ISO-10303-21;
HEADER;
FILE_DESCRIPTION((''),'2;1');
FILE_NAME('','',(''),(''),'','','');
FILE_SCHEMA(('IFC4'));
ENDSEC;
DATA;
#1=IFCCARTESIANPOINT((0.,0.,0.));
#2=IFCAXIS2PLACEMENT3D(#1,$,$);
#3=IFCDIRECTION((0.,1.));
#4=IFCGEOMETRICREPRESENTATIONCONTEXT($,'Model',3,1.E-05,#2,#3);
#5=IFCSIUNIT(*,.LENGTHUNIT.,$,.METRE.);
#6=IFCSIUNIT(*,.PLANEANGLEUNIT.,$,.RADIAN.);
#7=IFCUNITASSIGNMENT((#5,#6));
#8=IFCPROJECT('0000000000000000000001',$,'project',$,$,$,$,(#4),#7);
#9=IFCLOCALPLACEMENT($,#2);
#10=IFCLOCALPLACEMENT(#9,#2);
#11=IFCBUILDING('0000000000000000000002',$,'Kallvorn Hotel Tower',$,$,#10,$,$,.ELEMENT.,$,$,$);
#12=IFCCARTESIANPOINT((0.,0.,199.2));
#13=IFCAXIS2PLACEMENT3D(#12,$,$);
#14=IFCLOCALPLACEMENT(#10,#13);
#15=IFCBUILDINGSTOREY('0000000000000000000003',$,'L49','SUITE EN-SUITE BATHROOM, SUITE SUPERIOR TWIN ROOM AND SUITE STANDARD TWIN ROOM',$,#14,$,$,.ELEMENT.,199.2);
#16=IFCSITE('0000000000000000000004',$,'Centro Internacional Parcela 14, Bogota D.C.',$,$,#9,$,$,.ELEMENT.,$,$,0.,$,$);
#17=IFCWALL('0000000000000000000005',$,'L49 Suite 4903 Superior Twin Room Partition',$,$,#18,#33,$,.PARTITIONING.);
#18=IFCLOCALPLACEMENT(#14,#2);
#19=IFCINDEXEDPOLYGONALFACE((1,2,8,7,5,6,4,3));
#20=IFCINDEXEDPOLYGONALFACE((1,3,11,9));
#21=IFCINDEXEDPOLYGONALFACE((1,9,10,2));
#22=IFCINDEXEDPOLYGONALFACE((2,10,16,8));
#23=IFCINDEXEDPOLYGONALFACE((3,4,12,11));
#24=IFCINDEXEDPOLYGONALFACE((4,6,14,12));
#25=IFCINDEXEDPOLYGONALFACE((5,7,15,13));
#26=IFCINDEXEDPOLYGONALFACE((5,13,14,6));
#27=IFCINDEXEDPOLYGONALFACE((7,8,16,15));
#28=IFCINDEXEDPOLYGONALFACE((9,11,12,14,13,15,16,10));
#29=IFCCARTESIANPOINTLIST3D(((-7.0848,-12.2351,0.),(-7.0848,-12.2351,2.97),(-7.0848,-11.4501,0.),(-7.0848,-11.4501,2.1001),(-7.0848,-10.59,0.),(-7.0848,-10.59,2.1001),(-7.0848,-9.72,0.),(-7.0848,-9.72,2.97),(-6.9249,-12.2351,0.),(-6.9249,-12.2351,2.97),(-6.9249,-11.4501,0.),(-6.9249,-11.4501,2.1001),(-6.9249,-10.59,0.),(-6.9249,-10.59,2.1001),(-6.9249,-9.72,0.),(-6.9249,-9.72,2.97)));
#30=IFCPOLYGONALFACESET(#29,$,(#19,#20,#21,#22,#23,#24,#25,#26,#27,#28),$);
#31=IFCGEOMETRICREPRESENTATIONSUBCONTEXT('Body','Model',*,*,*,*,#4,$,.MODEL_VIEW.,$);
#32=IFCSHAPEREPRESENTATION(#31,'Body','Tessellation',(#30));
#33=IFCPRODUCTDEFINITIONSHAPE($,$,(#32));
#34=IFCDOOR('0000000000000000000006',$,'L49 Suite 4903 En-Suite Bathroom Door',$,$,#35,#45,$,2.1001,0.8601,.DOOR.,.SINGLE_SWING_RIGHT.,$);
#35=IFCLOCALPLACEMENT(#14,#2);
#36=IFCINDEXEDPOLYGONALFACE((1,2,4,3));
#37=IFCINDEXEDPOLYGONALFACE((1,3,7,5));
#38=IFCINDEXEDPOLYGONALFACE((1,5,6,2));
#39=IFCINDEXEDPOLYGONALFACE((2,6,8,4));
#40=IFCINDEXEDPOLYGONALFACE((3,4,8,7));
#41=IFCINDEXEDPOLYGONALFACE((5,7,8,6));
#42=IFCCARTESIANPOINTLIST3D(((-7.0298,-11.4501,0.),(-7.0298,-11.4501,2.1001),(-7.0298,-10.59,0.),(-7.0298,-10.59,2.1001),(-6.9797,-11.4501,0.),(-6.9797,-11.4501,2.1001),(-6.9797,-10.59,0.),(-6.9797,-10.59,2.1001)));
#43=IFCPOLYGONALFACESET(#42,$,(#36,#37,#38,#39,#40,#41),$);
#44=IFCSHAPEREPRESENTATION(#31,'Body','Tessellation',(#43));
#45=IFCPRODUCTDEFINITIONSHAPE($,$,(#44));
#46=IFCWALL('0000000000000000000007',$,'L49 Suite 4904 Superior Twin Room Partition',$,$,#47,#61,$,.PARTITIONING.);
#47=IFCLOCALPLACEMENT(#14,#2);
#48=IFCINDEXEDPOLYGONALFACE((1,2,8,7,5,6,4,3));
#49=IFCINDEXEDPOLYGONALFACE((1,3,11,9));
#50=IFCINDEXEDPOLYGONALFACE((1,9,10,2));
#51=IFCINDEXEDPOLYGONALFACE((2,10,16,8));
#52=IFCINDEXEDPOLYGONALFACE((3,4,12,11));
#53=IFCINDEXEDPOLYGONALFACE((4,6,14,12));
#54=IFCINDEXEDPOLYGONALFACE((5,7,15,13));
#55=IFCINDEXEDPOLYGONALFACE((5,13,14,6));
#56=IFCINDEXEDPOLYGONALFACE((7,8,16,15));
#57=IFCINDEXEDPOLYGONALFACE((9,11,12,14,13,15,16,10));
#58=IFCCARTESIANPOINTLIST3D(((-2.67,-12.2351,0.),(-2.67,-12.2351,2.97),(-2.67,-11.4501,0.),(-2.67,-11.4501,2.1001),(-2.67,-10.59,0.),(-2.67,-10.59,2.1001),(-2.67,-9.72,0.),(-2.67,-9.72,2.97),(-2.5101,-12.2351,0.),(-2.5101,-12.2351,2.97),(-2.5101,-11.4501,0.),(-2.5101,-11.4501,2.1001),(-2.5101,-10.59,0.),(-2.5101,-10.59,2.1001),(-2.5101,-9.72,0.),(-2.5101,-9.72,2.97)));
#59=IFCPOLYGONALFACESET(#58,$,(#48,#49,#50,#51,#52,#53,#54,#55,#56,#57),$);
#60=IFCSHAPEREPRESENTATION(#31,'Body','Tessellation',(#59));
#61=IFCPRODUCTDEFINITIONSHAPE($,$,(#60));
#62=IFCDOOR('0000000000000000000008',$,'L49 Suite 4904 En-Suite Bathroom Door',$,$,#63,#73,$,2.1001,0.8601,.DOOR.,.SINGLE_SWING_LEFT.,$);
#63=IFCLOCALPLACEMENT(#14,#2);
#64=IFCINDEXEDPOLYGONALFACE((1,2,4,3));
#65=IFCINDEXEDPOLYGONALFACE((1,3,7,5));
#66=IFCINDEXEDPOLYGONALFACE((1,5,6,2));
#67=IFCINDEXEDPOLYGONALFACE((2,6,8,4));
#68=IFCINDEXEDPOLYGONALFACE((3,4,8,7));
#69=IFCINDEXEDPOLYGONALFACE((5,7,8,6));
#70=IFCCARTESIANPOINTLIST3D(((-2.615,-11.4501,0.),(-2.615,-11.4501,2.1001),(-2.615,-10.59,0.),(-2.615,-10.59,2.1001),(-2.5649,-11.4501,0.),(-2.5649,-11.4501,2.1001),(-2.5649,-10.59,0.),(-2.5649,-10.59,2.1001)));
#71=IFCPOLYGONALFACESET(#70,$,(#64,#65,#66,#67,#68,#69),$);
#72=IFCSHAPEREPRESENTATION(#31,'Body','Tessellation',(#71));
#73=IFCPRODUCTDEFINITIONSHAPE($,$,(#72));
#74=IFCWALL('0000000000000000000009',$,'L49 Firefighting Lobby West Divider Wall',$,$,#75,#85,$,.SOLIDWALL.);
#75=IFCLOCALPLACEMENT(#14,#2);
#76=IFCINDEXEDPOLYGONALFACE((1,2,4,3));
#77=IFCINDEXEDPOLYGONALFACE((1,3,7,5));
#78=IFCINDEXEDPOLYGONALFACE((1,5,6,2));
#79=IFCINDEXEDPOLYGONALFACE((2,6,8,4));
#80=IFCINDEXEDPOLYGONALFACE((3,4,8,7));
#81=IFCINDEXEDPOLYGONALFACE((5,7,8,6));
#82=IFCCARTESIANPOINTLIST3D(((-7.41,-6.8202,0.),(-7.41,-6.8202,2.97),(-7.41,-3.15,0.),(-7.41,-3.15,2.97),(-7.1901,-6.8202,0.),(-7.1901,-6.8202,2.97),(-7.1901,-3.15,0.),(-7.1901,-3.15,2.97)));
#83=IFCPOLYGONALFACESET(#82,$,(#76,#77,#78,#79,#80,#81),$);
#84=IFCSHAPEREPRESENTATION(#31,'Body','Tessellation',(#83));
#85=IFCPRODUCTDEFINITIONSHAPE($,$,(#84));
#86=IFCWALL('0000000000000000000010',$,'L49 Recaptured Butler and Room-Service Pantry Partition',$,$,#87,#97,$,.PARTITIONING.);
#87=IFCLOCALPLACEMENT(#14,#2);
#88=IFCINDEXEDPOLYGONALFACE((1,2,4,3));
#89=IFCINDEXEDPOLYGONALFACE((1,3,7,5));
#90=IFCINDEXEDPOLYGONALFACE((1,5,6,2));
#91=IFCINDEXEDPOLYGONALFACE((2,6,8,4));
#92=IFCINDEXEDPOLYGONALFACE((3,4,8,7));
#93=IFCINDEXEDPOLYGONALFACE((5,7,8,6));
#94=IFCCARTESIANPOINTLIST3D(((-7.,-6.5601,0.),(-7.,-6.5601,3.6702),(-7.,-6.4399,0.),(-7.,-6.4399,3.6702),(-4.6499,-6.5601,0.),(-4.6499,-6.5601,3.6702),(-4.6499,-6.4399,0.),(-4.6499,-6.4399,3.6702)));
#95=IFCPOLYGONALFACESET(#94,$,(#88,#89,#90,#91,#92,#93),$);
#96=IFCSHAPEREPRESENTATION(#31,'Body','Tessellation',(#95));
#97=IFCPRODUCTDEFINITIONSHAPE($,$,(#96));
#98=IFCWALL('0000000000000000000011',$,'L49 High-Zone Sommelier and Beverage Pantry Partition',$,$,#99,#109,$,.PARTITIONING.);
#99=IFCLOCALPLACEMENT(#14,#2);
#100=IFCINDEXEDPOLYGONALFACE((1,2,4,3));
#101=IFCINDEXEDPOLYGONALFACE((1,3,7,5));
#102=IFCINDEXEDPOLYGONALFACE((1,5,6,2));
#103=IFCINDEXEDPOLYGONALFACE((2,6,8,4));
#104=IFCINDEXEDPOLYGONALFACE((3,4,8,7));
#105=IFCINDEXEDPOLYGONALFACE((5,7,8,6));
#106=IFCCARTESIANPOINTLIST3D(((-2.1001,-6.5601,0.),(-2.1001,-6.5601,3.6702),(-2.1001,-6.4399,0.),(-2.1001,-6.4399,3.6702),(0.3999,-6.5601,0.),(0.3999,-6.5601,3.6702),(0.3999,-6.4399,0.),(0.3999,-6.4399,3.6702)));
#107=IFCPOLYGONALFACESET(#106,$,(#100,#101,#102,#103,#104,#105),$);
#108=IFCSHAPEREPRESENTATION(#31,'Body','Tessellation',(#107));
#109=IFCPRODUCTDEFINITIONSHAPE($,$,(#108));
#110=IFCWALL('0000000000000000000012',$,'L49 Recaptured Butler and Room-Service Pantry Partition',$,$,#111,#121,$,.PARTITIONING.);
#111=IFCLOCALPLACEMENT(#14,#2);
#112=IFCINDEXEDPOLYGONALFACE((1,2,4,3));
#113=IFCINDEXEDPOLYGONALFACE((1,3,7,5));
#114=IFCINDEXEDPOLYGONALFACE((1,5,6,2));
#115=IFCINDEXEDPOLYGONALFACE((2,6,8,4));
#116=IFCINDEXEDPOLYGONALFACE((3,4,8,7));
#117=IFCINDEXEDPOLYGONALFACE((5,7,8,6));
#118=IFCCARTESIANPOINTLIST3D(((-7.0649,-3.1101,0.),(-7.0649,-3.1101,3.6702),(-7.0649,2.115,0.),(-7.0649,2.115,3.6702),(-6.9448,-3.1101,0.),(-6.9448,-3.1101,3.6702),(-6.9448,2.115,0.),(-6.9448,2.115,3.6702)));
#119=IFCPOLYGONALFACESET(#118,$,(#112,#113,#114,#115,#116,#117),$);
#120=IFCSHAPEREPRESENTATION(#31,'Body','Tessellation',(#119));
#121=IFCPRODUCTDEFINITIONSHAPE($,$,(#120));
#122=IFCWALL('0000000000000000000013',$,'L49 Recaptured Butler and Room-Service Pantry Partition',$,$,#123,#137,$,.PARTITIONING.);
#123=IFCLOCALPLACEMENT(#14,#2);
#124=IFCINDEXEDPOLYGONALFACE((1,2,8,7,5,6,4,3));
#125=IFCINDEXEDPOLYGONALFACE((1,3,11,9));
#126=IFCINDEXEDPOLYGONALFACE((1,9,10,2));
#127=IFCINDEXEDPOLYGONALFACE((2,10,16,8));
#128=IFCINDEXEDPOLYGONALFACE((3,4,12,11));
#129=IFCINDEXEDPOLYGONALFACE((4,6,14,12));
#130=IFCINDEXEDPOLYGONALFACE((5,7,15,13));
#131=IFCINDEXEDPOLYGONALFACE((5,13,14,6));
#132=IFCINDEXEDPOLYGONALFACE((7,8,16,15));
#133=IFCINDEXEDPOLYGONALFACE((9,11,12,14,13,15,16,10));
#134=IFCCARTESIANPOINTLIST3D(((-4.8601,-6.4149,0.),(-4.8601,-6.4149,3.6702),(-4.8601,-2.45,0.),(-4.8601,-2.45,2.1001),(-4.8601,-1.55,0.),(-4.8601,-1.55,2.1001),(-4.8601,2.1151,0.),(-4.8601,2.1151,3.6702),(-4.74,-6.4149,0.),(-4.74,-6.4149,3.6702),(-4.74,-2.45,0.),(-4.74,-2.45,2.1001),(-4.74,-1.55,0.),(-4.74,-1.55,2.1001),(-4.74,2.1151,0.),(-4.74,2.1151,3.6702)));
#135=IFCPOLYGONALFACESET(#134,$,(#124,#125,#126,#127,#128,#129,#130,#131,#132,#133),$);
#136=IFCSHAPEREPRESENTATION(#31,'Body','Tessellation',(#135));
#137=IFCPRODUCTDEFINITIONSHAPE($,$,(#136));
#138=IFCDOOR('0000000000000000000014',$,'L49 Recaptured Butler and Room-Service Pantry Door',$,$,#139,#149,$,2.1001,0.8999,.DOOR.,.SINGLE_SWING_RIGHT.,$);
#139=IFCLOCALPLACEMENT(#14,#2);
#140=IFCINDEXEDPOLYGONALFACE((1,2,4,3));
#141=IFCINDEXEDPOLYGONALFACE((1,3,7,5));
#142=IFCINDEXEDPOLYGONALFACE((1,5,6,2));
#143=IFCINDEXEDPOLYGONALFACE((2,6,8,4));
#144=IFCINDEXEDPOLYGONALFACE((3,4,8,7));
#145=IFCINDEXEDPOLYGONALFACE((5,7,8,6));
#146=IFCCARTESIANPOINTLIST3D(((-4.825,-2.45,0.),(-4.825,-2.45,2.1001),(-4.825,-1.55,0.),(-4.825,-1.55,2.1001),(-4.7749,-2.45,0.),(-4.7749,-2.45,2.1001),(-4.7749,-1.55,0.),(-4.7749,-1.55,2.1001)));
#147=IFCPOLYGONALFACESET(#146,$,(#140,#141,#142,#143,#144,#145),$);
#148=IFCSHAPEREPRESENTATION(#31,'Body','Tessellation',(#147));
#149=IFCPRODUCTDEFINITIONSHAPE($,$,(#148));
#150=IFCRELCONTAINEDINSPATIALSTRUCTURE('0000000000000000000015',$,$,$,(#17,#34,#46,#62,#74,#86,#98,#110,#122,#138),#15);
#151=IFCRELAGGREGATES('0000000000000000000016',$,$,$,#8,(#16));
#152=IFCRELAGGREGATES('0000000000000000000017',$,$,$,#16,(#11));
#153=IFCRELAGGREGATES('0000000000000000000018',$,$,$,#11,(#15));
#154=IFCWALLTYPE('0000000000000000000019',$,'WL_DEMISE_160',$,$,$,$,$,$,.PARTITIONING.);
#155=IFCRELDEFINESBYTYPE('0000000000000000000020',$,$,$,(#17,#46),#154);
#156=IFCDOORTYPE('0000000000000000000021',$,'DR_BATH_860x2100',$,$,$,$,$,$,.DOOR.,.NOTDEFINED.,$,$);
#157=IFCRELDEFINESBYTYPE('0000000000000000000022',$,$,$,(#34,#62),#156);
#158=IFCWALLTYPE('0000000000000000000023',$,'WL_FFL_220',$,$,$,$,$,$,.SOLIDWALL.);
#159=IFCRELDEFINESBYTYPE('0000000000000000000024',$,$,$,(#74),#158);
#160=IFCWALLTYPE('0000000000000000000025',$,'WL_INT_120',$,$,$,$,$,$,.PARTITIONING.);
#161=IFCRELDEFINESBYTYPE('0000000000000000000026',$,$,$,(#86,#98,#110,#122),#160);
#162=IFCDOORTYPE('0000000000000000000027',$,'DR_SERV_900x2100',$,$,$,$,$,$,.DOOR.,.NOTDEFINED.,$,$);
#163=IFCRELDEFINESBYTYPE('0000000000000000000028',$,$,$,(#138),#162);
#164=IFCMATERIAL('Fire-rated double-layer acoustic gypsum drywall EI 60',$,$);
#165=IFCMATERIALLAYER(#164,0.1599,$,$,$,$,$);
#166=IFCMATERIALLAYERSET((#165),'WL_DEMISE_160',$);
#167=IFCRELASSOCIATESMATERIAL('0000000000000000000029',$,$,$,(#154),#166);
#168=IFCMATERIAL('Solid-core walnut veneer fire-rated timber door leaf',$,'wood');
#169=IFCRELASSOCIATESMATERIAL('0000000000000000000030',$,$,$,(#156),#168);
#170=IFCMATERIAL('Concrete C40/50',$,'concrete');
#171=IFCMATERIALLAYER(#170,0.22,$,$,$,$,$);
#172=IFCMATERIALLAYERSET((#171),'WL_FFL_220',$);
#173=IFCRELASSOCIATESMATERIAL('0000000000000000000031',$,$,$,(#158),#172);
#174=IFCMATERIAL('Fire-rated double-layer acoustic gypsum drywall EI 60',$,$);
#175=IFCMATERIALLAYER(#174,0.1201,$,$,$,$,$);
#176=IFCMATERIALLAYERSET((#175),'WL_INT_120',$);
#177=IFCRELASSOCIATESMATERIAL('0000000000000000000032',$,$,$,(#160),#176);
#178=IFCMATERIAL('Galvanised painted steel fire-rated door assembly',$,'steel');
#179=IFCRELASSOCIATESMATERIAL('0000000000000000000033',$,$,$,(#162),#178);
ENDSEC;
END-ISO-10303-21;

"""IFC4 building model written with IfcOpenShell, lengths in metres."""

from ifc_helpers import new_model, si_unit, direction, frame, frame_2d, origin, place, context, subcontext, project, spatial, rectangle, extrude, material, layer, layer_set, type_object, element, fill, save


model = new_model("IFC4")

# Units and contexts
model_context = context("Model", 3, precision=1e-05, world=origin(), true_north=direction((0.0, 1.0)))
body_context = subcontext(model_context, "Body", "Model", "MODEL_VIEW")
ifc_project = project(units=[si_unit("LENGTHUNIT", "METRE"), si_unit("PLANEANGLEUNIT", "RADIAN")], contexts=[model_context])

# Site, building, storey
site_placement = place(None, origin())
site = spatial("IfcSite", under=ifc_project, at=site_placement, Name="Centro Internacional Parcela 14, Bogota D.C.", CompositionType="ELEMENT", RefElevation=0.0)
building_placement = place(site_placement, origin())
building = spatial("IfcBuilding", under=site, at=building_placement, Name="Kallvorn Hotel Tower", CompositionType="ELEMENT")
storey_placement = place(building_placement, frame((0.0, 0.0, 199.2)))
storey = spatial("IfcBuildingStorey", under=building, at=storey_placement, Name="L49", Description="SUITE EN-SUITE BATHROOM, SUITE SUPERIOR TWIN ROOM AND SUITE STANDARD TWIN ROOM", CompositionType="ELEMENT", Elevation=199.2)

# Shared definitions
ifc_material_1 = material(Name="Fire-rated double-layer acoustic gypsum drywall EI 60")
ifc_layer_1 = layer(ifc_material_1, 0.1599)
ifc_layer_set_1 = layer_set([ifc_layer_1], Name="WL_DEMISE_160")
wall_type_1 = type_object("IfcWallType", Name="WL_DEMISE_160", PredefinedType="PARTITIONING", material=ifc_layer_set_1)

# Walls, openings, doors
wall_1_placement = place(storey_placement, frame((-7.0049, -12.2351, 0.0), z_axis=(0.0, 0.0, 1.0), x_axis=(0.0, 1.0, 0.0)))
wall_1 = element("IfcWall", 1, at=wall_1_placement, inside=storey, type_object=wall_type_1, Name="L49 Suite 4903 Superior Twin Room Partition", PredefinedType="PARTITIONING", context=body_context, shape_type="SweptSolid", body=[
    extrude(rectangle(XDim=2.5151, YDim=0.1599, at=frame_2d((1.2576, 0.0))), origin(), (0.0, 0.0, 1.0), 2.97),
])
opening_1_placement = place(wall_1_placement, frame((0.7849, 0.0, 0.0)))
opening_1 = element("IfcOpeningElement", 2, at=opening_1_placement, cuts=wall_1, PredefinedType="OPENING", context=body_context, shape_type="SweptSolid", body=[
    extrude(rectangle(XDim=0.8601, YDim=2.1001, at=frame_2d((0.4302, 1.05))), frame((0.0, 0.095, 0.0), z_axis=(0.0, -1.0, 0.0), x_axis=(1.0, 0.0, 0.0)), (0.0, 0.0, 1.0), 0.1899),
])
ifc_material_2 = material(Name="Solid-core walnut veneer fire-rated timber door leaf", Category="wood")
door_type_1 = type_object("IfcDoorType", Name="DR_BATH_860x2100", OperationType="NOTDEFINED", PredefinedType="DOOR", material=ifc_material_2)
door_1_placement = place(opening_1_placement, origin())
door_1 = element("IfcDoor", 3, at=door_1_placement, inside=storey, type_object=door_type_1, Name="L49 Suite 4903 En-Suite Bathroom Door", OperationType="SINGLE_SWING_RIGHT", OverallHeight=2.1001, OverallWidth=0.8601, PredefinedType="DOOR", context=body_context, shape_type="SweptSolid", body=[
    extrude(rectangle(XDim=0.8601, YDim=2.1001, at=frame_2d((0.4302, 1.05))), frame((0.0, 0.0249, 0.0), z_axis=(0.0, -1.0, 0.0), x_axis=(1.0, 0.0, 0.0)), (0.0, 0.0, 1.0), 0.05),
])
fill(opening_1, door_1)
wall_2_placement = place(storey_placement, frame((-2.5901, -12.2351, 0.0), z_axis=(0.0, 0.0, 1.0), x_axis=(0.0, 1.0, 0.0)))
wall_2 = element("IfcWall", 4, at=wall_2_placement, inside=storey, type_object=wall_type_1, Name="L49 Suite 4904 Superior Twin Room Partition", PredefinedType="PARTITIONING", context=body_context, shape_type="SweptSolid", body=[
    extrude(rectangle(XDim=2.5151, YDim=0.1599, at=frame_2d((1.2576, 0.0))), origin(), (0.0, 0.0, 1.0), 2.97),
])
opening_2_placement = place(wall_2_placement, frame((0.7849, 0.0, 0.0)))
opening_2 = element("IfcOpeningElement", 5, at=opening_2_placement, cuts=wall_2, PredefinedType="OPENING", context=body_context, shape_type="SweptSolid", body=[
    extrude(rectangle(XDim=0.8601, YDim=2.1001, at=frame_2d((0.4302, 1.05))), frame((0.0, 0.095, 0.0), z_axis=(0.0, -1.0, 0.0), x_axis=(1.0, 0.0, 0.0)), (0.0, 0.0, 1.0), 0.1899),
])
door_2_placement = place(opening_2_placement, origin())
door_2 = element("IfcDoor", 6, at=door_2_placement, inside=storey, type_object=door_type_1, Name="L49 Suite 4904 En-Suite Bathroom Door", OperationType="SINGLE_SWING_LEFT", OverallHeight=2.1001, OverallWidth=0.8601, PredefinedType="DOOR", context=body_context, shape_type="SweptSolid", body=[
    extrude(rectangle(XDim=0.8601, YDim=2.1001, at=frame_2d((0.4302, 1.05))), frame((0.0, 0.0249, 0.0), z_axis=(0.0, -1.0, 0.0), x_axis=(1.0, 0.0, 0.0)), (0.0, 0.0, 1.0), 0.05),
])
fill(opening_2, door_2)

# Walls
ifc_material_3 = material(Name="Concrete C40/50", Category="concrete")
ifc_layer_2 = layer(ifc_material_3, 0.22)
ifc_layer_set_2 = layer_set([ifc_layer_2], Name="WL_FFL_220")
wall_type_2 = type_object("IfcWallType", Name="WL_FFL_220", PredefinedType="SOLIDWALL", material=ifc_layer_set_2)
wall_3_placement = place(storey_placement, frame((-7.3, -6.8201, 0.0), z_axis=(0.0, 0.0, 1.0), x_axis=(0.0, 1.0, 0.0)))
element("IfcWall", 7, at=wall_3_placement, inside=storey, type_object=wall_type_2, Name="L49 Firefighting Lobby West Divider Wall", PredefinedType="SOLIDWALL", context=body_context, shape_type="SweptSolid", body=[
    extrude(rectangle(XDim=3.6702, YDim=0.22, at=frame_2d((1.835, 0.0))), origin(), (0.0, 0.0, 1.0), 2.97),
])
ifc_material_4 = material(Name="Fire-rated double-layer acoustic gypsum drywall EI 60")
ifc_layer_3 = layer(ifc_material_4, 0.1201)
ifc_layer_set_3 = layer_set([ifc_layer_3], Name="WL_INT_120")
wall_type_3 = type_object("IfcWallType", Name="WL_INT_120", PredefinedType="PARTITIONING", material=ifc_layer_set_3)
wall_4_placement = place(storey_placement, frame((-7.0, -6.5, 0.0), z_axis=(0.0, 0.0, 1.0), x_axis=(1.0, 0.0, 0.0)))
element("IfcWall", 8, at=wall_4_placement, inside=storey, type_object=wall_type_3, Name="L49 Recaptured Butler and Room-Service Pantry Partition", PredefinedType="PARTITIONING", context=body_context, shape_type="SweptSolid", body=[
    extrude(rectangle(XDim=2.3501, YDim=0.1201, at=frame_2d((1.175, 0.0))), origin(), (0.0, 0.0, 1.0), 3.6702),
])
wall_5_placement = place(storey_placement, frame((-2.1001, -6.5, 0.0), z_axis=(0.0, 0.0, 1.0), x_axis=(1.0, 0.0, 0.0)))
element("IfcWall", 9, at=wall_5_placement, inside=storey, type_object=wall_type_3, Name="L49 High-Zone Sommelier and Beverage Pantry Partition", PredefinedType="PARTITIONING", context=body_context, shape_type="SweptSolid", body=[
    extrude(rectangle(XDim=2.5, YDim=0.1201, at=frame_2d((1.25, 0.0))), origin(), (0.0, 0.0, 1.0), 3.6702),
])
wall_6_placement = place(storey_placement, frame((-7.0049, -3.1101, 0.0), z_axis=(0.0, 0.0, 1.0), x_axis=(0.0, 1.0, 0.0)))
element("IfcWall", 10, at=wall_6_placement, inside=storey, type_object=wall_type_3, Name="L49 Recaptured Butler and Room-Service Pantry Partition", PredefinedType="PARTITIONING", context=body_context, shape_type="SweptSolid", body=[
    extrude(rectangle(XDim=5.2251, YDim=0.1201, at=frame_2d((2.6125, 0.0))), origin(), (0.0, 0.0, 1.0), 3.6702),
])

# Wall, opening, door
wall_7_placement = place(storey_placement, frame((-4.8, -6.415, 0.0), z_axis=(0.0, 0.0, 1.0), x_axis=(0.0, 1.0, 0.0)))
wall_7 = element("IfcWall", 11, at=wall_7_placement, inside=storey, type_object=wall_type_3, Name="L49 Recaptured Butler and Room-Service Pantry Partition", PredefinedType="PARTITIONING", context=body_context, shape_type="SweptSolid", body=[
    extrude(rectangle(XDim=8.53, YDim=0.1201, at=frame_2d((4.2651, 0.0))), origin(), (0.0, 0.0, 1.0), 3.6702),
])
opening_3_placement = place(wall_7_placement, frame((3.9651, 0.0, 0.0)))
opening_3 = element("IfcOpeningElement", 12, at=opening_3_placement, cuts=wall_7, PredefinedType="OPENING", context=body_context, shape_type="SweptSolid", body=[
    extrude(rectangle(XDim=0.8999, YDim=2.1001, at=frame_2d((0.45, 1.05))), frame((0.0, 0.075, 0.0), z_axis=(0.0, -1.0, 0.0), x_axis=(1.0, 0.0, 0.0)), (0.0, 0.0, 1.0), 0.1501),
])
ifc_material_5 = material(Name="Galvanised painted steel fire-rated door assembly", Category="steel")
door_type_2 = type_object("IfcDoorType", Name="DR_SERV_900x2100", OperationType="NOTDEFINED", PredefinedType="DOOR", material=ifc_material_5)
door_3_placement = place(opening_3_placement, origin())
door_3 = element("IfcDoor", 13, at=door_3_placement, inside=storey, type_object=door_type_2, Name="L49 Recaptured Butler and Room-Service Pantry Door", OperationType="SINGLE_SWING_RIGHT", OverallHeight=2.1001, OverallWidth=0.8999, PredefinedType="DOOR", context=body_context, shape_type="SweptSolid", body=[
    extrude(rectangle(XDim=0.8999, YDim=2.1001, at=frame_2d((0.45, 1.05))), frame((0.0, 0.0249, 0.0), z_axis=(0.0, -1.0, 0.0), x_axis=(1.0, 0.0, 0.0)), (0.0, 0.0, 1.0), 0.05),
])
fill(opening_3, door_3)

save(model, "model.ifc")
